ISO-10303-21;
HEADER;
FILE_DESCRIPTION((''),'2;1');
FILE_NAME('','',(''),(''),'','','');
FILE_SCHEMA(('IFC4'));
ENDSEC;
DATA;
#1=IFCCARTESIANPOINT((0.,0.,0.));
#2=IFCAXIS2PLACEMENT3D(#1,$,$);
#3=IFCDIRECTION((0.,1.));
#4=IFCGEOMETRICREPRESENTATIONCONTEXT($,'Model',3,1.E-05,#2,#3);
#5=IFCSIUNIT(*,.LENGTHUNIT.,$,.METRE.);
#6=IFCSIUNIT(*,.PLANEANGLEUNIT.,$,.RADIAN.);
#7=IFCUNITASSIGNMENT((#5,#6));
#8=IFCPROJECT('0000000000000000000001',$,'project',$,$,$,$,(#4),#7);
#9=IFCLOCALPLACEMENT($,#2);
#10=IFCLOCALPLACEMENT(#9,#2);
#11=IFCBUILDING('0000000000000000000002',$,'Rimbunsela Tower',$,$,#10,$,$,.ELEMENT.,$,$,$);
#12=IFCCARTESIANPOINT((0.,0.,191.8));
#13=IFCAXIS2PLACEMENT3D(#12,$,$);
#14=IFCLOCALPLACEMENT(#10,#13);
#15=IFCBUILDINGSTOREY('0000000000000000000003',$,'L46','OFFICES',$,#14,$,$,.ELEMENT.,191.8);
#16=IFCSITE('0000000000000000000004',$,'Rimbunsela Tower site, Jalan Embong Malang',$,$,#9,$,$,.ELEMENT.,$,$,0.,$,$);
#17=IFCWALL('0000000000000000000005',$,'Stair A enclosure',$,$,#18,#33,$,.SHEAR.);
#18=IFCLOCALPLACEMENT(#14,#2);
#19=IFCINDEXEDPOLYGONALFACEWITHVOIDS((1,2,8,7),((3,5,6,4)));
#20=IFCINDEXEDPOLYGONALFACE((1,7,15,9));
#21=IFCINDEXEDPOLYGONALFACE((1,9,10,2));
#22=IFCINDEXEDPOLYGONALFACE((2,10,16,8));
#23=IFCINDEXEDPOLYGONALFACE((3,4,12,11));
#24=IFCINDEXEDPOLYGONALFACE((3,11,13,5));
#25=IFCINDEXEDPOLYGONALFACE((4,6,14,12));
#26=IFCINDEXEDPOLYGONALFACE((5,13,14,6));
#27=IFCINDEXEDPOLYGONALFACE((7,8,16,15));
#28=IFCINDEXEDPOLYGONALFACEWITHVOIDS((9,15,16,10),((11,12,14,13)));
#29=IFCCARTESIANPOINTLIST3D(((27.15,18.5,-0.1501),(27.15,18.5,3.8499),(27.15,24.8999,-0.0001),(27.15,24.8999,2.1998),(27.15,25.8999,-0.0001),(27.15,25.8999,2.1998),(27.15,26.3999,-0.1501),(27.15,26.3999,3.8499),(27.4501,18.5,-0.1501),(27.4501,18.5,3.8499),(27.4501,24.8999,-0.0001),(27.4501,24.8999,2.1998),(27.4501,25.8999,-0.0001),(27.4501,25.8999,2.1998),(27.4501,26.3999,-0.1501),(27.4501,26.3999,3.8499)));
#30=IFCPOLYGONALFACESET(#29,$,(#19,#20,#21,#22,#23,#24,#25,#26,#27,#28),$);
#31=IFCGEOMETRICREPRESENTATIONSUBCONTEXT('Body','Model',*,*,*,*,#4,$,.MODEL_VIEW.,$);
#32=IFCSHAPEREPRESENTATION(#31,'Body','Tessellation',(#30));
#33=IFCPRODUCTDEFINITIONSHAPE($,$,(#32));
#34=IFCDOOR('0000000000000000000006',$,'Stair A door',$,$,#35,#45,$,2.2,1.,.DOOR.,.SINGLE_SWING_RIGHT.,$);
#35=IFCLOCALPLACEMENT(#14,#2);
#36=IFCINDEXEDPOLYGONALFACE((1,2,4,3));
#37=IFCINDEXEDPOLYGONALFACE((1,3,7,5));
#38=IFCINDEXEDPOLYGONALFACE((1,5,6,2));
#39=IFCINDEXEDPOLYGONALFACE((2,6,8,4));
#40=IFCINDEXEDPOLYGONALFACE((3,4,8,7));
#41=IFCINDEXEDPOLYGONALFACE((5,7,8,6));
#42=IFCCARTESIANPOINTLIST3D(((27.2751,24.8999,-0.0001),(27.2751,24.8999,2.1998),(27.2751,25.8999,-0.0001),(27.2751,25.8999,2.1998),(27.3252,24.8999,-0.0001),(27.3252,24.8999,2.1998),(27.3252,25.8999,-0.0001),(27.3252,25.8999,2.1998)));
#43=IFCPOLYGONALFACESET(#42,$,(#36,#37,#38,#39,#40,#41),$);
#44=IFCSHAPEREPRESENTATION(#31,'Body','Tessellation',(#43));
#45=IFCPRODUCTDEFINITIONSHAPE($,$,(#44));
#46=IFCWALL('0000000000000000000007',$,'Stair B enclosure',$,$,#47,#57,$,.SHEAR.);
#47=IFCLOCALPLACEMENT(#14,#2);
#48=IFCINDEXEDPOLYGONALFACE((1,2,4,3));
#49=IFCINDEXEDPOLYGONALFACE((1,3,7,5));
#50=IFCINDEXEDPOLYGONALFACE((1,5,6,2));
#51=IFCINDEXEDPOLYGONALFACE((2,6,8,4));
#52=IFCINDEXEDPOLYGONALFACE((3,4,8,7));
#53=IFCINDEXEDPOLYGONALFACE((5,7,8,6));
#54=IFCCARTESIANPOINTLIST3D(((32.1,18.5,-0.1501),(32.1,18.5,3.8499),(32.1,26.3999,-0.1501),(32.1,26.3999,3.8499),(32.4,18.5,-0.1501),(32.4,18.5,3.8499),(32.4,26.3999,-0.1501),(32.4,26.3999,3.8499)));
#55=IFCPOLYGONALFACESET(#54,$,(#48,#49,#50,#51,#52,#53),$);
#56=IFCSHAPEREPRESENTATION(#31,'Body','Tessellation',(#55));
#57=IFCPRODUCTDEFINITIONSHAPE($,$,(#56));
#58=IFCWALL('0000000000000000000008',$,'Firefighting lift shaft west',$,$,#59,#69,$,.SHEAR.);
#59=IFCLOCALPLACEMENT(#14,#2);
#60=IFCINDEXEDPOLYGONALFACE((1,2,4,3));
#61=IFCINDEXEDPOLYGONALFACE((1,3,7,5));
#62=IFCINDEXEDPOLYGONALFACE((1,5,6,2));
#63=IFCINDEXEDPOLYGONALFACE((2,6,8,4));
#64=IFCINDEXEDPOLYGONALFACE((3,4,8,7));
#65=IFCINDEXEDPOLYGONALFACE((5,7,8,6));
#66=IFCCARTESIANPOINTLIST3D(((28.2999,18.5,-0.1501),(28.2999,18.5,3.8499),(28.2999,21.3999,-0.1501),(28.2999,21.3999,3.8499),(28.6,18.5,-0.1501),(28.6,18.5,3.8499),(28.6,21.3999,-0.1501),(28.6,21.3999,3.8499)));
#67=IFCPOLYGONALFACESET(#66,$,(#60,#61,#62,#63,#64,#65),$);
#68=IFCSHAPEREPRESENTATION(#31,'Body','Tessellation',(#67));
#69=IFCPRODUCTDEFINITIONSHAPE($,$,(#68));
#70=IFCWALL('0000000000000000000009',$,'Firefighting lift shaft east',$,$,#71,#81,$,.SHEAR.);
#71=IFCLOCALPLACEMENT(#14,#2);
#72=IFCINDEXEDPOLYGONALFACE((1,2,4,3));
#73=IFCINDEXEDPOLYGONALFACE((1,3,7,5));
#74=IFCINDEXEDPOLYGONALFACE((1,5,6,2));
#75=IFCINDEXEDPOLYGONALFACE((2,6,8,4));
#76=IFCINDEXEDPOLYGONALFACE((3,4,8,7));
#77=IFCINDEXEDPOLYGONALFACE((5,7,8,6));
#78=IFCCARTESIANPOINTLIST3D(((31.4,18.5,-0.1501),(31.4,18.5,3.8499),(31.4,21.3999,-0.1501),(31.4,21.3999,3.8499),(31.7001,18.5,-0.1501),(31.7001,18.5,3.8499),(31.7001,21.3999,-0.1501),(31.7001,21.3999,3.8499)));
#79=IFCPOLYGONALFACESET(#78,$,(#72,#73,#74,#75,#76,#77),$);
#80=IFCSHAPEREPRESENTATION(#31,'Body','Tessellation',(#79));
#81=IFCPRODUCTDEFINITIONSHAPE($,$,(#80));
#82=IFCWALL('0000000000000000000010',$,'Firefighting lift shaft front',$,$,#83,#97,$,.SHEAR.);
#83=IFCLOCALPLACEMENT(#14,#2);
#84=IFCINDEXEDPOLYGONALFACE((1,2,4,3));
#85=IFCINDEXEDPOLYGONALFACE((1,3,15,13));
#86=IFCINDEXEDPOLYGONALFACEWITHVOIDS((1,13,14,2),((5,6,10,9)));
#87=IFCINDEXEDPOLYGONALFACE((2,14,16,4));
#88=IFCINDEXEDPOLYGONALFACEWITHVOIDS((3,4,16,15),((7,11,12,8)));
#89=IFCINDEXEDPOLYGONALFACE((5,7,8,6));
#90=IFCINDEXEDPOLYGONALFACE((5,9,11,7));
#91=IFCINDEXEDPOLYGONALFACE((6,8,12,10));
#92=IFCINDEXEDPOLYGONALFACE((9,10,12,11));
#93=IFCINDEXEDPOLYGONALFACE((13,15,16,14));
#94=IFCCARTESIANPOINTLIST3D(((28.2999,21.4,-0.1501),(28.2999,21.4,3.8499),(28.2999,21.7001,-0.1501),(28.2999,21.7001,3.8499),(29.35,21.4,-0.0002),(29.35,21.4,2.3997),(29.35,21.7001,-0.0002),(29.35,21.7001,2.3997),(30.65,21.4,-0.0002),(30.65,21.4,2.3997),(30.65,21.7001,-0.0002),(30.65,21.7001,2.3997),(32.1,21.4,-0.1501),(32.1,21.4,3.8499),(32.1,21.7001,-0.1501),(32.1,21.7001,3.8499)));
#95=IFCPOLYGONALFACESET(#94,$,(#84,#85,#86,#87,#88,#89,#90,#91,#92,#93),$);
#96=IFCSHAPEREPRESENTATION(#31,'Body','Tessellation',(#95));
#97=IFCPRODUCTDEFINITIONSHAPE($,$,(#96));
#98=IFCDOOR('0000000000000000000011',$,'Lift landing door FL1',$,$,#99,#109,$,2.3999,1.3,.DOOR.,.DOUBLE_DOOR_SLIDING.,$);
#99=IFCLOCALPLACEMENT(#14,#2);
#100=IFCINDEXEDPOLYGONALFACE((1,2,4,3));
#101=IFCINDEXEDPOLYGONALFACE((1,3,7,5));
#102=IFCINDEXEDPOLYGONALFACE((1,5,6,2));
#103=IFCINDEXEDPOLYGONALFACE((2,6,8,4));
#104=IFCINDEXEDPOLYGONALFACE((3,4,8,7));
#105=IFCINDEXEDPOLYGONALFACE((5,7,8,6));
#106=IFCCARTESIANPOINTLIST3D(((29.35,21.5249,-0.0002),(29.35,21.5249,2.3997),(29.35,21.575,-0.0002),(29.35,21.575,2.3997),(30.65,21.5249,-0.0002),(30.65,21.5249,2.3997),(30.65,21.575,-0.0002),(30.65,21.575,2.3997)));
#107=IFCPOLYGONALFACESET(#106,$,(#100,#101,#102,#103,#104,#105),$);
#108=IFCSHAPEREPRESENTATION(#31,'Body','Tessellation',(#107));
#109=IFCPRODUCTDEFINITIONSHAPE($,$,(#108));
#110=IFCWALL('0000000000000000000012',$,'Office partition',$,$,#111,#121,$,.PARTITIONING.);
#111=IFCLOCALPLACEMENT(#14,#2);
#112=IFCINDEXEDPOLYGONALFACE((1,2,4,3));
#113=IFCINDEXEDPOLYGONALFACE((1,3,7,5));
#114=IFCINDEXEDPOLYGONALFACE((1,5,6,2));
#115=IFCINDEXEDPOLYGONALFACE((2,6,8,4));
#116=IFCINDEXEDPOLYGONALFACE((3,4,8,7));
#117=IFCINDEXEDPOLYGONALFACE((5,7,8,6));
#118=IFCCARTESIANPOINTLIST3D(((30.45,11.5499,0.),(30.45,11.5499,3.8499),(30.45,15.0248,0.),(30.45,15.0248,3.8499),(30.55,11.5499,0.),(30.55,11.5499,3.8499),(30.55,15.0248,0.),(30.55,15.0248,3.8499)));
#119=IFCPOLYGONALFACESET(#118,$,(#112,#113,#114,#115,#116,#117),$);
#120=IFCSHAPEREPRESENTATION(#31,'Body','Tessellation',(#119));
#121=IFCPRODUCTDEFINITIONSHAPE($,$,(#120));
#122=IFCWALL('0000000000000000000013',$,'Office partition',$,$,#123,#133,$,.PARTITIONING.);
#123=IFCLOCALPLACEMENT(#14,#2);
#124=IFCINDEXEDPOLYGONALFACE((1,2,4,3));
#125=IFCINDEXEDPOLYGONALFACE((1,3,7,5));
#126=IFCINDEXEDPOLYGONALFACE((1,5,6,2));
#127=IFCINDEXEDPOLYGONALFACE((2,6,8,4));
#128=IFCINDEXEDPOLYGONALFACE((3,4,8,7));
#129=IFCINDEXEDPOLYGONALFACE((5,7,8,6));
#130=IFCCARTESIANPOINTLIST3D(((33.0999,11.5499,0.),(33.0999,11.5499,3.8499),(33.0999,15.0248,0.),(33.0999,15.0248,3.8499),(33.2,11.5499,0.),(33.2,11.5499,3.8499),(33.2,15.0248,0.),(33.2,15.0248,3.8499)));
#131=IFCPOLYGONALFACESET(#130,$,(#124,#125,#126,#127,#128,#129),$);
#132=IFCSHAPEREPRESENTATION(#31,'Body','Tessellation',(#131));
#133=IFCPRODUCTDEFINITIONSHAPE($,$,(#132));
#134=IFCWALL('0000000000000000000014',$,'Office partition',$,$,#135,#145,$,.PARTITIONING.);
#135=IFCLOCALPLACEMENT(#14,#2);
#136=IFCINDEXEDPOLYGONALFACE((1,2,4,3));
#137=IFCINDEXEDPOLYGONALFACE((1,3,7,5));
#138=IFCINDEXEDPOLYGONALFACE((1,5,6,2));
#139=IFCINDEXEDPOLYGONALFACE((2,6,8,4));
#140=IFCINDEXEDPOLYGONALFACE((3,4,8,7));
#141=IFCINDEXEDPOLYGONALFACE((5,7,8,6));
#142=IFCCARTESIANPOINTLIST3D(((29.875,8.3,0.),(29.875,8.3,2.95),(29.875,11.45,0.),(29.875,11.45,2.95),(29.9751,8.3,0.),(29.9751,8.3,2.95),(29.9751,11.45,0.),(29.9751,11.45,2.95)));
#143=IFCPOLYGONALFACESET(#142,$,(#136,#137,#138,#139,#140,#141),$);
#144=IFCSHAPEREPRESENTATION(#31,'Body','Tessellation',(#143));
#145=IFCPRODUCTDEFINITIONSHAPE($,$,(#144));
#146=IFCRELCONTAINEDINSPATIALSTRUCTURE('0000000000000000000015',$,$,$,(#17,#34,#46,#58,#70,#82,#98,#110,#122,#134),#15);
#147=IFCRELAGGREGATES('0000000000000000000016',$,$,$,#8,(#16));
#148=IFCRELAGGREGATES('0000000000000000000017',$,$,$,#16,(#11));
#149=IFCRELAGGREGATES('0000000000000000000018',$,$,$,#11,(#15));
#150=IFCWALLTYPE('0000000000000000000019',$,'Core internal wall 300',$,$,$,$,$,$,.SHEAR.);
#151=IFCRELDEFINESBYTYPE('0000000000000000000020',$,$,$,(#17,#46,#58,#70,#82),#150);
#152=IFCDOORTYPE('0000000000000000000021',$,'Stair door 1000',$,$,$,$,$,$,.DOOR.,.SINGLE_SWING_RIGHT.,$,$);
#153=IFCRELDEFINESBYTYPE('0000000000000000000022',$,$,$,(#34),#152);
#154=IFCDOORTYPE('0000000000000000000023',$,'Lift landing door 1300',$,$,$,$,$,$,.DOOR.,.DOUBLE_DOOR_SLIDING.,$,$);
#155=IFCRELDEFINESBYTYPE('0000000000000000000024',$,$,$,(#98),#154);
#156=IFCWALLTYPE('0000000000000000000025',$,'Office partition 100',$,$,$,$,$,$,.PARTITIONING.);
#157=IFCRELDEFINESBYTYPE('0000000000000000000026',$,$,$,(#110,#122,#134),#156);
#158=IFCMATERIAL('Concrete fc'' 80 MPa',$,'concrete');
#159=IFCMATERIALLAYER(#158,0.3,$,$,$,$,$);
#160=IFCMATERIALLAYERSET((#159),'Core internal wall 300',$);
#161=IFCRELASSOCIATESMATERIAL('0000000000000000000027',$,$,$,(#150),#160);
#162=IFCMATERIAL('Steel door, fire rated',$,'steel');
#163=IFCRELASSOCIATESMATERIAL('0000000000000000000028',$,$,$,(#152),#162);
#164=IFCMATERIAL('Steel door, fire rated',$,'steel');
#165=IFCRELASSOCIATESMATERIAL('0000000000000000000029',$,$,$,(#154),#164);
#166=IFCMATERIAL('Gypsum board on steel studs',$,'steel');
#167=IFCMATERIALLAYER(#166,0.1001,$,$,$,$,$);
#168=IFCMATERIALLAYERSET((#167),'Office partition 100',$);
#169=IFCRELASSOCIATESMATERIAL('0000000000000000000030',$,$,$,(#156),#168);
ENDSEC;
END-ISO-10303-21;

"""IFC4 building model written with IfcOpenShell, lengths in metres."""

from ifc_helpers import new_model, si_unit, direction, frame, frame_2d, origin, place, context, subcontext, project, spatial, rectangle, extrude, material, layer, layer_set, type_object, element, fill, save


model = new_model("IFC4")

# Units and contexts
model_context = context("Model", 3, precision=1e-05, world=origin(), true_north=direction((0.0, 1.0)))
body_context = subcontext(model_context, "Body", "Model", "MODEL_VIEW")
ifc_project = project(units=[si_unit("LENGTHUNIT", "METRE"), si_unit("PLANEANGLEUNIT", "RADIAN")], contexts=[model_context])

# Site, building, storey
site_placement = place(None, origin())
site = spatial("IfcSite", under=ifc_project, at=site_placement, Name="Rimbunsela Tower site, Jalan Embong Malang", CompositionType="ELEMENT", RefElevation=0.0)
building_placement = place(site_placement, origin())
building = spatial("IfcBuilding", under=site, at=building_placement, Name="Rimbunsela Tower", CompositionType="ELEMENT")
storey_placement = place(building_placement, frame((0.0, 0.0, 191.8)))
storey = spatial("IfcBuildingStorey", under=building, at=storey_placement, Name="L46", Description="OFFICES", CompositionType="ELEMENT", Elevation=191.8)

# Wall, opening, door
ifc_material_1 = material(Name="Concrete fc' 80 MPa", Category="concrete")
ifc_layer_1 = layer(ifc_material_1, 0.3)
ifc_layer_set_1 = layer_set([ifc_layer_1], Name="Core internal wall 300")
wall_type_1 = type_object("IfcWallType", Name="Core internal wall 300", PredefinedType="SHEAR", material=ifc_layer_set_1)
wall_1_placement = place(storey_placement, frame((27.3, 18.5, -0.1501), z_axis=(0.0, 0.0, 1.0), x_axis=(0.0, 1.0, 0.0)))
wall_1 = element("IfcWall", 1, at=wall_1_placement, inside=storey, type_object=wall_type_1, Name="Stair A enclosure", PredefinedType="SHEAR", context=body_context, shape_type="SweptSolid", body=[
    extrude(rectangle(XDim=7.8999, YDim=0.3, at=frame_2d((3.95, 0.0))), origin(), (0.0, 0.0, 1.0), 4.0),
])
opening_1_placement = place(wall_1_placement, frame((6.3999, 0.0, 0.1499)))
opening_1 = element("IfcOpeningElement", 2, at=opening_1_placement, cuts=wall_1, PredefinedType="OPENING", context=body_context, shape_type="SweptSolid", body=[
    extrude(rectangle(XDim=1.0, YDim=2.2, at=frame_2d((0.5, 1.1001))), frame((0.0, 0.1599, 0.0), z_axis=(0.0, -1.0, 0.0), x_axis=(1.0, 0.0, 0.0)), (0.0, 0.0, 1.0), 0.3201),
])
ifc_material_2 = material(Name="Steel door, fire rated", Category="steel")
door_type_1 = type_object("IfcDoorType", Name="Stair door 1000", OperationType="SINGLE_SWING_RIGHT", PredefinedType="DOOR", material=ifc_material_2)
door_1_placement = place(opening_1_placement, origin())
door_1 = element("IfcDoor", 3, at=door_1_placement, inside=storey, type_object=door_type_1, Name="Stair A door", OperationType="SINGLE_SWING_RIGHT", OverallHeight=2.2, OverallWidth=1.0, PredefinedType="DOOR", context=body_context, shape_type="SweptSolid", body=[
    extrude(rectangle(XDim=1.0, YDim=2.2, at=frame_2d((0.5, 1.1001))), frame((0.0, 0.0249, 0.0), z_axis=(0.0, -1.0, 0.0), x_axis=(1.0, 0.0, 0.0)), (0.0, 0.0, 1.0), 0.05),
])
fill(opening_1, door_1)

# Walls
wall_2_placement = place(storey_placement, frame((32.25, 18.5, -0.1501), z_axis=(0.0, 0.0, 1.0), x_axis=(0.0, 1.0, 0.0)))
element("IfcWall", 4, at=wall_2_placement, inside=storey, type_object=wall_type_1, Name="Stair B enclosure", PredefinedType="SHEAR", context=body_context, shape_type="SweptSolid", body=[
    extrude(rectangle(XDim=7.8999, YDim=0.3, at=frame_2d((3.95, 0.0))), origin(), (0.0, 0.0, 1.0), 4.0),
])
for number, where, z_axis, x_axis, name in (
    (5, (28.45, 18.5, -0.1501), (0.0, 0.0, 1.0), (0.0, 1.0, 0.0), "Firefighting lift shaft west"),
    (6, (31.55, 18.5, -0.1501), (0.0, 0.0, 1.0), (0.0, 1.0, 0.0), "Firefighting lift shaft east"),
):
    element("IfcWall", number, at=place(storey_placement, frame(where, z_axis=z_axis, x_axis=x_axis)), inside=storey, type_object=wall_type_1, Name=name, PredefinedType="SHEAR", context=body_context, shape_type="SweptSolid", body=[
        extrude(rectangle(XDim=2.8999, YDim=0.3, at=frame_2d((1.45, 0.0))), origin(), (0.0, 0.0, 1.0), 4.0),
    ])

# Wall, opening, door
wall_3_placement = place(storey_placement, frame((28.3, 21.55, -0.1501), z_axis=(0.0, 0.0, 1.0), x_axis=(1.0, 0.0, 0.0)))
wall_3 = element("IfcWall", 7, at=wall_3_placement, inside=storey, type_object=wall_type_1, Name="Firefighting lift shaft front", PredefinedType="SHEAR", context=body_context, shape_type="SweptSolid", body=[
    extrude(rectangle(XDim=3.8, YDim=0.3, at=frame_2d((1.8999, 0.0))), origin(), (0.0, 0.0, 1.0), 4.0),
])
opening_2_placement = place(wall_3_placement, frame((1.05, 0.0, 0.1499)))
opening_2 = element("IfcOpeningElement", 8, at=opening_2_placement, cuts=wall_3, PredefinedType="OPENING", context=body_context, shape_type="SweptSolid", body=[
    extrude(rectangle(XDim=1.3, YDim=2.3999, at=frame_2d((0.6499, 1.2))), frame((0.0, 0.1599, 0.0), z_axis=(0.0, -1.0, 0.0), x_axis=(1.0, 0.0, 0.0)), (0.0, 0.0, 1.0), 0.3201),
])
ifc_material_3 = material(Name="Steel door, fire rated", Category="steel")
door_type_2 = type_object("IfcDoorType", Name="Lift landing door 1300", OperationType="DOUBLE_DOOR_SLIDING", PredefinedType="DOOR", material=ifc_material_3)
door_2_placement = place(opening_2_placement, origin())
door_2 = element("IfcDoor", 9, at=door_2_placement, inside=storey, type_object=door_type_2, Name="Lift landing door FL1", OperationType="DOUBLE_DOOR_SLIDING", OverallHeight=2.3999, OverallWidth=1.3, PredefinedType="DOOR", context=body_context, shape_type="SweptSolid", body=[
    extrude(rectangle(XDim=1.3, YDim=2.3999, at=frame_2d((0.6499, 1.2))), frame((0.0, 0.0249, 0.0), z_axis=(0.0, -1.0, 0.0), x_axis=(1.0, 0.0, 0.0)), (0.0, 0.0, 1.0), 0.05),
])
fill(opening_2, door_2)

# Walls
ifc_material_4 = material(Name="Gypsum board on steel studs", Category="steel")
ifc_layer_2 = layer(ifc_material_4, 0.1001)
ifc_layer_set_2 = layer_set([ifc_layer_2], Name="Office partition 100")
wall_type_2 = type_object("IfcWallType", Name="Office partition 100", PredefinedType="PARTITIONING", material=ifc_layer_set_2)
for number, where, z_axis, x_axis, name in (
    (10, (30.5, 11.55, 0.0), (0.0, 0.0, 1.0), (0.0, 1.0, 0.0), "Office partition"),
    (11, (33.1499, 11.55, 0.0), (0.0, 0.0, 1.0), (0.0, 1.0, 0.0), "Office partition"),
):
    element("IfcWall", number, at=place(storey_placement, frame(where, z_axis=z_axis, x_axis=x_axis)), inside=storey, type_object=wall_type_2, Name=name, PredefinedType="PARTITIONING", context=body_context, shape_type="SweptSolid", body=[
        extrude(rectangle(XDim=3.4749, YDim=0.1001, at=frame_2d((1.7373, 0.0))), origin(), (0.0, 0.0, 1.0), 3.8499),
    ])
wall_4_placement = place(storey_placement, frame((29.925, 11.45, 0.0), z_axis=(0.0, 0.0, 1.0), x_axis=(0.0, -1.0, 0.0)))
element("IfcWall", 12, at=wall_4_placement, inside=storey, type_object=wall_type_2, Name="Office partition", PredefinedType="PARTITIONING", context=body_context, shape_type="SweptSolid", body=[
    extrude(rectangle(XDim=3.1499, YDim=0.1001, at=frame_2d((1.575, 0.0))), origin(), (0.0, 0.0, 1.0), 2.95),
])

save(model, "model.ifc")
